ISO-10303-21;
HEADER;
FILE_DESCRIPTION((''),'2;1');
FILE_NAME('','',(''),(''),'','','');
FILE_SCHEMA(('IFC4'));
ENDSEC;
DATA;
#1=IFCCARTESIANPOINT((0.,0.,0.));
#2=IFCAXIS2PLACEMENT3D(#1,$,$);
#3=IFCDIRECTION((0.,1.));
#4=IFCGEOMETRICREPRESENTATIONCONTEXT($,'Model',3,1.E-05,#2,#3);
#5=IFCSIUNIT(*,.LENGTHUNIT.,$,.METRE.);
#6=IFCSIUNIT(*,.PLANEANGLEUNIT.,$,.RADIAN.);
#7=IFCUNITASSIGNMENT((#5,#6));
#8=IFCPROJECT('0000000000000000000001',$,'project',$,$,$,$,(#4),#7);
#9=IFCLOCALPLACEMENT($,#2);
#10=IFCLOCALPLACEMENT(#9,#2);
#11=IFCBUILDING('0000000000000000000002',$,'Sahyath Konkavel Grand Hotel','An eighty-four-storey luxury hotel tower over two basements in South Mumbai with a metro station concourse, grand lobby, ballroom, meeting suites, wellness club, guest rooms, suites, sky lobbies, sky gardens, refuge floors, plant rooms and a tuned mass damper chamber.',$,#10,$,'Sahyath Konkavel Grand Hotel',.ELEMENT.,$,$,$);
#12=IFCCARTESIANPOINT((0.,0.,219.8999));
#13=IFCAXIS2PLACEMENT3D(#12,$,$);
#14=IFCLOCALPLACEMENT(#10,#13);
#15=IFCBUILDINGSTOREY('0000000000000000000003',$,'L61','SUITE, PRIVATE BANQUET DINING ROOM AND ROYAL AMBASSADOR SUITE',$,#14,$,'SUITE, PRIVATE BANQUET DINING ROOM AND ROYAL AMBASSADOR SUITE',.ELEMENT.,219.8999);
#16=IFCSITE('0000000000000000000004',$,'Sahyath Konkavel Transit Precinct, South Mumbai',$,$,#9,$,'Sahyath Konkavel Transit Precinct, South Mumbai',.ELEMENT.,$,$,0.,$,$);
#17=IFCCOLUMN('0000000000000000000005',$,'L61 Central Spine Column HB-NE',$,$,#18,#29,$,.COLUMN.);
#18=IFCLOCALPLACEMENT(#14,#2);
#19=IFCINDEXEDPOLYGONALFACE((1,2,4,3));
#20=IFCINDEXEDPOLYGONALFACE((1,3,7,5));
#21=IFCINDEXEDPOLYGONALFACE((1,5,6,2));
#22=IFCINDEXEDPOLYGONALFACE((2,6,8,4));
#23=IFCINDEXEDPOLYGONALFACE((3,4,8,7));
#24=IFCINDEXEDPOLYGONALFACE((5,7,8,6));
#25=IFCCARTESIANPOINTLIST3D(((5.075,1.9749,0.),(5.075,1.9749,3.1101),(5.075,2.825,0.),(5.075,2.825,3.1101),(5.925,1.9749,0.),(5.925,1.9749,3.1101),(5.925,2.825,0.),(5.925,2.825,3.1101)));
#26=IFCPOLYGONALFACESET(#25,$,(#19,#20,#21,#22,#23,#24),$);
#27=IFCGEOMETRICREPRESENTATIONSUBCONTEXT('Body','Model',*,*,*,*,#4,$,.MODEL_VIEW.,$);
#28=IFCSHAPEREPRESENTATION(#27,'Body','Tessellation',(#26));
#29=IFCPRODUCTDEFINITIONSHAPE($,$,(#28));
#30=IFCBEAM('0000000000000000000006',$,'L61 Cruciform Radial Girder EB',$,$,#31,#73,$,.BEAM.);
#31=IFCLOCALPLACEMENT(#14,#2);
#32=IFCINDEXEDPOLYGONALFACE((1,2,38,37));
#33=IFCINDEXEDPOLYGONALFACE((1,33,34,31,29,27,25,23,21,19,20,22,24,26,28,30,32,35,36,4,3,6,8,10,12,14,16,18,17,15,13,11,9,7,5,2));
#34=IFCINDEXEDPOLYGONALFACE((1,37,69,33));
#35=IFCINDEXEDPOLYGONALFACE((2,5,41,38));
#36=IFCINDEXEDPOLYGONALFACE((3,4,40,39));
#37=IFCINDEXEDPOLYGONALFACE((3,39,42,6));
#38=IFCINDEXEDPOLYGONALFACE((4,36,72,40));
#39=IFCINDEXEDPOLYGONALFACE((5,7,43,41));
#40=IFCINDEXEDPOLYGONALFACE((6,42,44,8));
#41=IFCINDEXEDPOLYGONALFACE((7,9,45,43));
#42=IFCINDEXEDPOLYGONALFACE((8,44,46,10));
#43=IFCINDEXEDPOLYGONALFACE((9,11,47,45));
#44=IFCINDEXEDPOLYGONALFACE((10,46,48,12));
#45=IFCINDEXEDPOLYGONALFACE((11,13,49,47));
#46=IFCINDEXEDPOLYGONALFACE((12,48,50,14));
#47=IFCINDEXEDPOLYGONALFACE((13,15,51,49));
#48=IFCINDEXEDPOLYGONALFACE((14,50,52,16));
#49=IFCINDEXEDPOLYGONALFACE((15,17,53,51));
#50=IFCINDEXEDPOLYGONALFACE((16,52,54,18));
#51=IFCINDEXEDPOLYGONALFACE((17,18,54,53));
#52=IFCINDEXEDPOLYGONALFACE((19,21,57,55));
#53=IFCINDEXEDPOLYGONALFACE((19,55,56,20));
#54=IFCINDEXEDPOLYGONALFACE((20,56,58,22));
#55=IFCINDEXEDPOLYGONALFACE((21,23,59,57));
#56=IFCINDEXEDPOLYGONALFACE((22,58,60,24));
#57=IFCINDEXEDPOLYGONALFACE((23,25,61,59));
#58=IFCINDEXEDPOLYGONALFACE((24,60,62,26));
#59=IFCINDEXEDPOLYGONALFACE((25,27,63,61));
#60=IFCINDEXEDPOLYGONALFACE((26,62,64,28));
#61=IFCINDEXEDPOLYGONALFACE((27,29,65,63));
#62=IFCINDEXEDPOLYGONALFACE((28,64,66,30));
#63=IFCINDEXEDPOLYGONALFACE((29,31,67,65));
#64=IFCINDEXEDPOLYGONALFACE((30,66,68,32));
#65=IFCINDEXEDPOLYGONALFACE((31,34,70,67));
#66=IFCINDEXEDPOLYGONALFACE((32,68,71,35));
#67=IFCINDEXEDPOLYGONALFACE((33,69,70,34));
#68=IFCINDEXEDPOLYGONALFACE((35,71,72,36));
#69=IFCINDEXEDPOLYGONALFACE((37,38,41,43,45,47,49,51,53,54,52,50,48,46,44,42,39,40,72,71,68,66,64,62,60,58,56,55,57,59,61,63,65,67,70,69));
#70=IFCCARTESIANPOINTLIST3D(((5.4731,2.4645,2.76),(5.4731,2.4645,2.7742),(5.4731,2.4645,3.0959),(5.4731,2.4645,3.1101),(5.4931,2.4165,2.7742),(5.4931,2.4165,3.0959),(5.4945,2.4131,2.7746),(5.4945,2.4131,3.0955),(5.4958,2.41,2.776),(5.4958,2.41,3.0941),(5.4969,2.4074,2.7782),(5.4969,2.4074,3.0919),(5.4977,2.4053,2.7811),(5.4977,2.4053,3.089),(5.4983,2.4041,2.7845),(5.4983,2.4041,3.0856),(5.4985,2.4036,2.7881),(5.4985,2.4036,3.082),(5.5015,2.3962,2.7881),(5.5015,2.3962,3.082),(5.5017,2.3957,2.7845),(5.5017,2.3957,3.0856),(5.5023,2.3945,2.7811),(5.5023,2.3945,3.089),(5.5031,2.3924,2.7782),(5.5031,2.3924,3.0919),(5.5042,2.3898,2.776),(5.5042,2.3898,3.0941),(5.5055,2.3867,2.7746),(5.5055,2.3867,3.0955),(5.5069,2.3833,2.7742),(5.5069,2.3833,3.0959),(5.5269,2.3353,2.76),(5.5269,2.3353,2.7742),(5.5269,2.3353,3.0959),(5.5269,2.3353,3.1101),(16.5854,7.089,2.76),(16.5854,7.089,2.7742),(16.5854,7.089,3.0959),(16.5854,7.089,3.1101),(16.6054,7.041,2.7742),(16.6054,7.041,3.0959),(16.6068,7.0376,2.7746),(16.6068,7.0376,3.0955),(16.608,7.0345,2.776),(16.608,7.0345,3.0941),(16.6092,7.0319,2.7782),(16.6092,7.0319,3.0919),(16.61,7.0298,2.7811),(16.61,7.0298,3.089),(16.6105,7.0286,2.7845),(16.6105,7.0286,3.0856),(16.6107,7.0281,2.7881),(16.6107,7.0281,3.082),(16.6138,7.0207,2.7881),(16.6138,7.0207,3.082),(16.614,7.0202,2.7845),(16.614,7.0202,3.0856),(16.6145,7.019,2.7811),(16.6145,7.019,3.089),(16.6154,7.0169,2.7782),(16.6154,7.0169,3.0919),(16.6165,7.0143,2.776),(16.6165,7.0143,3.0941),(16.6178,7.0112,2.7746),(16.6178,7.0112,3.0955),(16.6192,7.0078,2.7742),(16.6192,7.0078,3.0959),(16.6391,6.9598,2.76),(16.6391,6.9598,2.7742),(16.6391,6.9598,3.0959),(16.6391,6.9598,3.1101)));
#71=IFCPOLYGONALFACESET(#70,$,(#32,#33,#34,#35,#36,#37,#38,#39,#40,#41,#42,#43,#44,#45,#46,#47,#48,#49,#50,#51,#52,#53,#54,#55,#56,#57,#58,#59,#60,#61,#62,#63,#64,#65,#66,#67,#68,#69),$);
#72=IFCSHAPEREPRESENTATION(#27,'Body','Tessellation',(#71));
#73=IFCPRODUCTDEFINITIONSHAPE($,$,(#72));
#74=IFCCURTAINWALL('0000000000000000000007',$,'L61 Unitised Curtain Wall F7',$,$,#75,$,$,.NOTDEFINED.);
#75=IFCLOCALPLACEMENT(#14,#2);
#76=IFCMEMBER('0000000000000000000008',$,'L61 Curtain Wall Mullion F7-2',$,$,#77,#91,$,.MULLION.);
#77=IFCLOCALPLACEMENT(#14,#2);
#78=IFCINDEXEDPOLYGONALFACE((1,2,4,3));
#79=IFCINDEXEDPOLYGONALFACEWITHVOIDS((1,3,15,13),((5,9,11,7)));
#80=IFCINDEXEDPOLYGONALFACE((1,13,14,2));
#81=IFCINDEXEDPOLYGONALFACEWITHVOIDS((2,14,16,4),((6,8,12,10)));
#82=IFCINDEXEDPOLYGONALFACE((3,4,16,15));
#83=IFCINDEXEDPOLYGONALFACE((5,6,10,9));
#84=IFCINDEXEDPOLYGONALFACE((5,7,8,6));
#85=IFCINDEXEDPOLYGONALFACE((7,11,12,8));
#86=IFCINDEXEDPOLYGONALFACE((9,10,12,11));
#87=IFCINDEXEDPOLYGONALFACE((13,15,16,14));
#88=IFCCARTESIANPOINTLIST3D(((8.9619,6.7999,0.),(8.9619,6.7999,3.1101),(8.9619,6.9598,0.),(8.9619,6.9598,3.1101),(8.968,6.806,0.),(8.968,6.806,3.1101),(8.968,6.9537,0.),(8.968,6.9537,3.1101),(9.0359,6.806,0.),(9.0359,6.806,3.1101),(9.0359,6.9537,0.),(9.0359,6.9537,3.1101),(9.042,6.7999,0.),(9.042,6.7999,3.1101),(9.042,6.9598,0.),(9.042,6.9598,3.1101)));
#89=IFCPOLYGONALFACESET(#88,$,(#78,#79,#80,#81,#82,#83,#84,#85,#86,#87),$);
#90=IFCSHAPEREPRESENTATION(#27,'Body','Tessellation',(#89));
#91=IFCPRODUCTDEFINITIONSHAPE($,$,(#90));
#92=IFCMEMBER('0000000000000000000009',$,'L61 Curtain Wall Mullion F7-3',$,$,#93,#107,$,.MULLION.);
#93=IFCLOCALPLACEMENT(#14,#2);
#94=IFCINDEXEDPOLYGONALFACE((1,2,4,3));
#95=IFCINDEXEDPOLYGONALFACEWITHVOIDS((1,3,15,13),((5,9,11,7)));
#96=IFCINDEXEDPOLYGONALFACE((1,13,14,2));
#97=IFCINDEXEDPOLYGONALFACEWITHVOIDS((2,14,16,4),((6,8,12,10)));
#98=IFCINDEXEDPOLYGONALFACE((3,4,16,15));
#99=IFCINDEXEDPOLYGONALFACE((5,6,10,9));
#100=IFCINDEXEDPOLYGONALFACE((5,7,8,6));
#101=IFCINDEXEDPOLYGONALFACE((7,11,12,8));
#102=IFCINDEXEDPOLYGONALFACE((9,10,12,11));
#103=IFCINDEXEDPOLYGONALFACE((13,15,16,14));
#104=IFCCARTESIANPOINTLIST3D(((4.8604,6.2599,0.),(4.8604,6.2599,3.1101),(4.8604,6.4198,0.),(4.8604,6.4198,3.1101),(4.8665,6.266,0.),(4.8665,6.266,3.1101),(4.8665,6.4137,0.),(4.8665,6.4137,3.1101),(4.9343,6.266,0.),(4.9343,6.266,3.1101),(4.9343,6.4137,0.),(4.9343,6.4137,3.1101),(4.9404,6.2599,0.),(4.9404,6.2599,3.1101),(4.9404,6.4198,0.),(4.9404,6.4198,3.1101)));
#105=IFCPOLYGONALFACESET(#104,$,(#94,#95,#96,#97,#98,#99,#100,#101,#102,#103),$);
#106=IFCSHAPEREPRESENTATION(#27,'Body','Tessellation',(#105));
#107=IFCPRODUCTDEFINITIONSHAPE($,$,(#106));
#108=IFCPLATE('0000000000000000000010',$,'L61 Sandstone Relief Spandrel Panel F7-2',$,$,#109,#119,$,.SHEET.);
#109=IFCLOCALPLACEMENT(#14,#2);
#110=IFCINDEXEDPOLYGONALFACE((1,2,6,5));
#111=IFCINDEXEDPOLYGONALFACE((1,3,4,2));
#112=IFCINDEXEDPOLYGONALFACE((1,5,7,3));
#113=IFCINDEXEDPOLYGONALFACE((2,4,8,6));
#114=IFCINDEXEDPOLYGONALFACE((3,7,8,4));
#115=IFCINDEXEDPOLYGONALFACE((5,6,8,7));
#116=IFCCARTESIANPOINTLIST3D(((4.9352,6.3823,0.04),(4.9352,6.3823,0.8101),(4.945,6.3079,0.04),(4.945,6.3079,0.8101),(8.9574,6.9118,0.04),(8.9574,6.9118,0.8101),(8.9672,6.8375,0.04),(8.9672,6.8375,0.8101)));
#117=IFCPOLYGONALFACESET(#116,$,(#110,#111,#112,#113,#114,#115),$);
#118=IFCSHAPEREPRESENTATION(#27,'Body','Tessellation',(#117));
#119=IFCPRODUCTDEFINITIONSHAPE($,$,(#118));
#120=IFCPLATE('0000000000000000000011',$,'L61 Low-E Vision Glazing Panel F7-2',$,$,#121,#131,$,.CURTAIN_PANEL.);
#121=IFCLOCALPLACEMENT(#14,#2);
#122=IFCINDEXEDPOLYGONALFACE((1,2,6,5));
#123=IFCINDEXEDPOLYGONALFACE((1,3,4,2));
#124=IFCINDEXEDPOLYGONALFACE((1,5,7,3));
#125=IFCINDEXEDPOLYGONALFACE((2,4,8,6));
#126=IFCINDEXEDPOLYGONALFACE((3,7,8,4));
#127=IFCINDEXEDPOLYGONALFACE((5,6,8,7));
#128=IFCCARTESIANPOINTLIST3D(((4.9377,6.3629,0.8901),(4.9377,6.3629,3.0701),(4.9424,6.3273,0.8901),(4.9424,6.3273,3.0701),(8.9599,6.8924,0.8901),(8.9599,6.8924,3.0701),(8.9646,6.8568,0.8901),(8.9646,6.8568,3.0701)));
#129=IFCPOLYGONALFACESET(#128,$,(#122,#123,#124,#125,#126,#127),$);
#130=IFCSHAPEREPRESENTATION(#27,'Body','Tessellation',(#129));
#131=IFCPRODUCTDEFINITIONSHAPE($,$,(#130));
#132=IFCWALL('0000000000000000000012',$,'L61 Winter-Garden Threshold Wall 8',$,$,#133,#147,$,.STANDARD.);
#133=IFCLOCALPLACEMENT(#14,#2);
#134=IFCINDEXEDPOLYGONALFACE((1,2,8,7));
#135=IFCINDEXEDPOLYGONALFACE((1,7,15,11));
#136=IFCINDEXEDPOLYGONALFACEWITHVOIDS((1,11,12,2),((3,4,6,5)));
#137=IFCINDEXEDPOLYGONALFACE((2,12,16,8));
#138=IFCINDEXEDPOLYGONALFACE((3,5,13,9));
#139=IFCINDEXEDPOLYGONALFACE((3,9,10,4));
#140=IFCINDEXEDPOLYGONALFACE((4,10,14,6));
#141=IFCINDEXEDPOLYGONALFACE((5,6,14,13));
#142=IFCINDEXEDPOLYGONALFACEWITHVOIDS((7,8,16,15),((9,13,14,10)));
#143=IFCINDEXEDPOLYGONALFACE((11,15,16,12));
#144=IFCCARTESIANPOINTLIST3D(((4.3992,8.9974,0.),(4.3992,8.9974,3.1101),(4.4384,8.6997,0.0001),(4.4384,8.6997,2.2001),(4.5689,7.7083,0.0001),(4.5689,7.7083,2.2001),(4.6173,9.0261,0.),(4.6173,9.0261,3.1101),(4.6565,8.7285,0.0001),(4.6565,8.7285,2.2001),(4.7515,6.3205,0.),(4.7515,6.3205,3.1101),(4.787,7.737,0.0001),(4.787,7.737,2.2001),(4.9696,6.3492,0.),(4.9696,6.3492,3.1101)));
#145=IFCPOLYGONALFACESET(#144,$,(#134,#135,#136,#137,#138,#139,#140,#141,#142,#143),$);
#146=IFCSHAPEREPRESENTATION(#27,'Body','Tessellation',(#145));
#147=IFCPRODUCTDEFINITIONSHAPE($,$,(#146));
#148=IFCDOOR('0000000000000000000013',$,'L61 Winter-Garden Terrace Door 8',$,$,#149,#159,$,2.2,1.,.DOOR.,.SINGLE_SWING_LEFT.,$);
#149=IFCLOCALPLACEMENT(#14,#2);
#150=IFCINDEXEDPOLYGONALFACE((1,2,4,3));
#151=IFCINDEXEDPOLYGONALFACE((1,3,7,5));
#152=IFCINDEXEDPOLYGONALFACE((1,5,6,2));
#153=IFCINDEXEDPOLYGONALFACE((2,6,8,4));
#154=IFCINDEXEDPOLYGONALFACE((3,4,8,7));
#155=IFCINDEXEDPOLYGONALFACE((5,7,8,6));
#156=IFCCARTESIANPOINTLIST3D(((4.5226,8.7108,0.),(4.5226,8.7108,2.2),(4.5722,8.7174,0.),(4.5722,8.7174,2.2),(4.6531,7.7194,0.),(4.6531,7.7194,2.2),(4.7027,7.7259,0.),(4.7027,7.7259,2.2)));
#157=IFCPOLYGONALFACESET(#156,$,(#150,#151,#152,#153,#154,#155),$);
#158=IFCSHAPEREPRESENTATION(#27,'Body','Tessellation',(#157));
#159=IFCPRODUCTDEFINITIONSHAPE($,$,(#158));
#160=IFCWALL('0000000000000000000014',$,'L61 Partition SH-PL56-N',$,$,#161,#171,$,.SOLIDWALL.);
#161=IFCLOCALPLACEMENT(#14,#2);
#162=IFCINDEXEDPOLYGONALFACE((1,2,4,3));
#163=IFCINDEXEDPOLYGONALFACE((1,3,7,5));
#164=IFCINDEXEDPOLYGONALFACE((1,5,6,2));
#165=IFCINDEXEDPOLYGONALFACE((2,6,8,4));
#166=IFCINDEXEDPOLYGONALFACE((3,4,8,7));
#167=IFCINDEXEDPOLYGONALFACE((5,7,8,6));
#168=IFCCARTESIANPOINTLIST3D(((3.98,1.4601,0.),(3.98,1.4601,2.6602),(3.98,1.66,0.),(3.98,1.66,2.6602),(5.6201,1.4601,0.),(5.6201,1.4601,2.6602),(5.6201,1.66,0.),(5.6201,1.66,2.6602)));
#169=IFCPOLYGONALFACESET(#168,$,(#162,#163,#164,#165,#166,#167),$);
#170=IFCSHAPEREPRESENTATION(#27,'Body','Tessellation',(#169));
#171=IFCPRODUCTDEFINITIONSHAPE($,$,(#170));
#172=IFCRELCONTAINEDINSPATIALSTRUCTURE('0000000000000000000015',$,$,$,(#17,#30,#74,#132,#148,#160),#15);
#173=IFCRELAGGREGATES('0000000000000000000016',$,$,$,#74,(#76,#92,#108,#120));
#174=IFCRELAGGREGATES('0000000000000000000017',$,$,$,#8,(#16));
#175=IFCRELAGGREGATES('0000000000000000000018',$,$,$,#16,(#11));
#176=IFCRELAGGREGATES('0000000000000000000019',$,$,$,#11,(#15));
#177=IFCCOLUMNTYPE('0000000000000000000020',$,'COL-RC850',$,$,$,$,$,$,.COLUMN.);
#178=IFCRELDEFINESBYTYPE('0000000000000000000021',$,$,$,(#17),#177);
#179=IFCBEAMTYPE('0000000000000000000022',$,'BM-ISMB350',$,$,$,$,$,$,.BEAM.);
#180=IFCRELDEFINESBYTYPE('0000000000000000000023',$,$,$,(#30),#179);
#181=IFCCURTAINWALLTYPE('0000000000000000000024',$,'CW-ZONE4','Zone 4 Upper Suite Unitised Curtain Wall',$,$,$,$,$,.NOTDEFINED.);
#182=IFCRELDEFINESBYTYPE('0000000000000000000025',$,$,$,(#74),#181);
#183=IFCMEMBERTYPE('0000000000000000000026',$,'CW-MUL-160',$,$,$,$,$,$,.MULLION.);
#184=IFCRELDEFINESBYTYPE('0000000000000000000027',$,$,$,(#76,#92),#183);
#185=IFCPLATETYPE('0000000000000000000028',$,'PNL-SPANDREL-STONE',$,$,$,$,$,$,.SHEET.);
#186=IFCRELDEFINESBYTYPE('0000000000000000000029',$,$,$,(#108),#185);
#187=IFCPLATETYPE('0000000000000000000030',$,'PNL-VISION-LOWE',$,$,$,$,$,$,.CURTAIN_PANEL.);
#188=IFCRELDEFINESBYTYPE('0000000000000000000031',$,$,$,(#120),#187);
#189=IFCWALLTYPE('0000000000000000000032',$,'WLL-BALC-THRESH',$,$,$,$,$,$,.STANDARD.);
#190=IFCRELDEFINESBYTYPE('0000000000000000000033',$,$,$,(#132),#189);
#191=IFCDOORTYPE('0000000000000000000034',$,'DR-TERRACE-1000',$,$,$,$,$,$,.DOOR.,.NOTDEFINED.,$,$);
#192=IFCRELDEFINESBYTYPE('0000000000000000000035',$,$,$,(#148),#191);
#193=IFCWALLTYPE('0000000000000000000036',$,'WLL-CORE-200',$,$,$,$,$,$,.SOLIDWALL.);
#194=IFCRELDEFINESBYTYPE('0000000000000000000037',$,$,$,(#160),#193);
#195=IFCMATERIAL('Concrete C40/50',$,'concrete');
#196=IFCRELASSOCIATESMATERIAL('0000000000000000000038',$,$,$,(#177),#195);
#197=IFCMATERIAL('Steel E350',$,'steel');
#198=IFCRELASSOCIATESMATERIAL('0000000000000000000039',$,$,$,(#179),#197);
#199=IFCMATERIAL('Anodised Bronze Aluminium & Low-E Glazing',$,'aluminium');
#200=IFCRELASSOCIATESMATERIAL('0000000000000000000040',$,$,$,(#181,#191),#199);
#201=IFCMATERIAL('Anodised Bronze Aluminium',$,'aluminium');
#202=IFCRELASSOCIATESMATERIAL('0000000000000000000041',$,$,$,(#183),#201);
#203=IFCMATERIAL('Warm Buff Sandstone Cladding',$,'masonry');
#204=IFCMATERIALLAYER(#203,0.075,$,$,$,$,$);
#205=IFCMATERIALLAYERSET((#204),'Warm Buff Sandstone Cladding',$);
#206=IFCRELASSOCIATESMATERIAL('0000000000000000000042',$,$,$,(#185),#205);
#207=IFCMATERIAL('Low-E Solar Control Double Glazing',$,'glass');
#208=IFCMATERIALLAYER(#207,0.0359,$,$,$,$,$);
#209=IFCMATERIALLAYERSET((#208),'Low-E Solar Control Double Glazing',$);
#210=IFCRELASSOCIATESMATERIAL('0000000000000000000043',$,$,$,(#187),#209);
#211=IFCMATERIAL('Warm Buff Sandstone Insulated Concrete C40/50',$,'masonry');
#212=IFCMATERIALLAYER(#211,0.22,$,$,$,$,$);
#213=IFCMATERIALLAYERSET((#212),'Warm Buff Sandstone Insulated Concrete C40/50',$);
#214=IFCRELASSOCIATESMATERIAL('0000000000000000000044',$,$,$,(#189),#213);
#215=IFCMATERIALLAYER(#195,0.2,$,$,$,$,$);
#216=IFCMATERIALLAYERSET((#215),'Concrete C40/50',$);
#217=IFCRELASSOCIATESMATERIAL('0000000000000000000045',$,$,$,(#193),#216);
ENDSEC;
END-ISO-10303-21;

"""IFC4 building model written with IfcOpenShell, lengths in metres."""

from ifc_helpers import new_model, si_unit, direction, frame, frame_2d, origin, origin_2d, place, context, subcontext, project, spatial, rectangle, hollow_rectangle, i_section, extrude, source, transform, mapped, material, layer, layer_set, material_profile, profile_set, type_object, element, fill, aggregate, save


model = new_model("IFC4")

# Units and contexts
model_context = context("Model", 3, precision=1e-05, world=origin(), true_north=direction((0.0, 1.0)))
body_context = subcontext(model_context, "Body", "Model", "MODEL_VIEW")
ifc_project = project(units=[si_unit("LENGTHUNIT", "METRE"), si_unit("PLANEANGLEUNIT", "RADIAN")], contexts=[model_context])

# Site, building, storey
site_placement = place(None, origin())
site = spatial("IfcSite", under=ifc_project, at=site_placement, Name="Sahyath Konkavel Transit Precinct, South Mumbai", LongName="Sahyath Konkavel Transit Precinct, South Mumbai", CompositionType="ELEMENT", RefElevation=0.0)
building_placement = place(site_placement, origin())
building = spatial("IfcBuilding", under=site, at=building_placement, Name="Sahyath Konkavel Grand Hotel", Description="An eighty-four-storey luxury hotel tower over two basements in South Mumbai with a metro station concourse, grand lobby, ballroom, meeting suites, wellness club, guest rooms, suites, sky lobbies, sky gardens, refuge floors, plant rooms and a tuned mass damper chamber.", LongName="Sahyath Konkavel Grand Hotel", CompositionType="ELEMENT")
storey_placement = place(building_placement, frame((0.0, 0.0, 219.8999)))
storey = spatial("IfcBuildingStorey", under=building, at=storey_placement, Name="L61", Description="SUITE, PRIVATE BANQUET DINING ROOM AND ROYAL AMBASSADOR SUITE", LongName="SUITE, PRIVATE BANQUET DINING ROOM AND ROYAL AMBASSADOR SUITE", CompositionType="ELEMENT", Elevation=219.8999)

# Column
ifc_material_1 = material(Name="Concrete C40/50", Category="concrete")
ifc_material_profile_1 = material_profile(ifc_material_1, rectangle(XDim=0.8501, YDim=0.8501, at=origin_2d()), Name="RC 850x850")
ifc_profile_set_1 = profile_set([ifc_material_profile_1], Name="Concrete C40/50")
column_type = type_object("IfcColumnType", Name="COL-RC850", PredefinedType="COLUMN", material=ifc_profile_set_1)
shared_shape_1 = source(origin(), body_context, "Body", "SweptSolid", [
    extrude(rectangle(XDim=0.8501, YDim=0.8501, at=origin_2d()), origin(), (0.0, 0.0, 1.0), 3.1101),
])
column_placement = place(storey_placement, frame((5.5, 2.3999, 0.0), z_axis=(0.0, 0.0, 1.0), x_axis=(1.0, 0.0, 0.0)))
element("IfcColumn", 1, at=column_placement, inside=storey, type_object=column_type, Name="L61 Central Spine Column HB-NE", PredefinedType="COLUMN", context=body_context, shape_type="MappedRepresentation", body=[
    mapped(shared_shape_1, transform((0.0, 0.0, 0.0), scale=1.0)),
])

# Beam
ifc_material_2 = material(Name="Steel E350", Category="steel")
ifc_material_profile_2 = material_profile(ifc_material_2, i_section(OverallWidth=0.1399, OverallDepth=0.3501, WebThickness=0.0081, FlangeThickness=0.0142, FilletRadius=0.0139, at=origin_2d()), Name="ISMB 350")
ifc_profile_set_2 = profile_set([ifc_material_profile_2], Name="Steel E350")
beam_type = type_object("IfcBeamType", Name="BM-ISMB350", PredefinedType="BEAM", material=ifc_profile_set_2)
shared_shape_2 = source(origin(), body_context, "Body", "SweptSolid", [
    extrude(i_section(OverallWidth=0.1399, OverallDepth=0.3501, WebThickness=0.0081, FlangeThickness=0.0142, FilletRadius=0.0139, at=origin_2d()), origin(), (0.0, 0.0, 1.0), 12.0361),
])
beam_placement = place(storey_placement, frame((5.5, 2.3999, 2.9351), z_axis=(0.923242, 0.384218, 0.0), x_axis=(-0.384218, 0.923242, 0.0)))
element("IfcBeam", 2, at=beam_placement, inside=storey, type_object=beam_type, Name="L61 Cruciform Radial Girder EB", PredefinedType="BEAM", context=body_context, shape_type="MappedRepresentation", body=[
    mapped(shared_shape_2, transform((0.0, 0.0, 0.0), scale=1.0)),
])

# Curtain wall, members, plates
ifc_material_3 = material(Name="Anodised Bronze Aluminium & Low-E Glazing", Category="aluminium")
curtain_wall_type = type_object("IfcCurtainWallType", Name="CW-ZONE4", Description="Zone 4 Upper Suite Unitised Curtain Wall", PredefinedType="NOTDEFINED", material=ifc_material_3)
curtain_wall_placement = place(storey_placement, origin())
curtain_wall = element("IfcCurtainWall", 3, at=curtain_wall_placement, inside=storey, type_object=curtain_wall_type, Name="L61 Unitised Curtain Wall F7", PredefinedType="NOTDEFINED")
ifc_material_4 = material(Name="Anodised Bronze Aluminium", Category="aluminium")
ifc_material_profile_3 = material_profile(ifc_material_4, hollow_rectangle(XDim=0.0801, YDim=0.1599, WallThickness=0.0061, at=origin_2d()), Name="RHS 160x80x6")
ifc_profile_set_3 = profile_set([ifc_material_profile_3], Name="Anodised Bronze Aluminium")
member_type = type_object("IfcMemberType", Name="CW-MUL-160", PredefinedType="MULLION", material=ifc_profile_set_3)
shared_shape_3 = source(origin(), body_context, "Body", "SweptSolid", [
    extrude(hollow_rectangle(XDim=0.0801, YDim=0.1599, WallThickness=0.0061, at=origin_2d()), origin(), (0.0, 0.0, 1.0), 3.1101),
])
member_1_placement = place(storey_placement, frame((9.002, 6.8799, 0.0), z_axis=(0.0, 0.0, 1.0), x_axis=(1.0, 0.0, 0.0)))
member_1 = element("IfcMember", 4, at=member_1_placement, type_object=member_type, Name="L61 Curtain Wall Mullion F7-2", PredefinedType="MULLION", context=body_context, shape_type="MappedRepresentation", body=[
    mapped(shared_shape_3, transform((0.0, 0.0, 0.0), scale=1.0)),
])
member_2_placement = place(storey_placement, frame((4.9004, 6.3398, 0.0), z_axis=(0.0, 0.0, 1.0), x_axis=(1.0, 0.0, 0.0)))
member_2 = element("IfcMember", 5, at=member_2_placement, type_object=member_type, Name="L61 Curtain Wall Mullion F7-3", PredefinedType="MULLION", context=body_context, shape_type="MappedRepresentation", body=[
    mapped(shared_shape_3, transform((0.0, 0.0, 0.0), scale=1.0)),
])
ifc_material_5 = material(Name="Warm Buff Sandstone Cladding", Category="masonry")
ifc_layer_1 = layer(ifc_material_5, 0.075)
ifc_layer_set_1 = layer_set([ifc_layer_1], Name="Warm Buff Sandstone Cladding")
plate_type_1 = type_object("IfcPlateType", Name="PNL-SPANDREL-STONE", PredefinedType="SHEET", material=ifc_layer_set_1)
shared_shape_4 = source(origin(), body_context, "Body", "SweptSolid", [
    extrude(rectangle(XDim=4.0569, YDim=0.075, at=origin_2d()), origin(), (0.0, 0.0, 1.0), 0.77),
])
plate_1_placement = place(storey_placement, frame((6.9512, 6.6099, 0.04), z_axis=(0.0, 0.0, 1.0), x_axis=(-0.991445, -0.130526, 0.0)))
plate_1 = element("IfcPlate", 6, at=plate_1_placement, type_object=plate_type_1, Name="L61 Sandstone Relief Spandrel Panel F7-2", PredefinedType="SHEET", context=body_context, shape_type="MappedRepresentation", body=[
    mapped(shared_shape_4, transform((0.0, 0.0, 0.0), scale=1.0)),
])
ifc_material_6 = material(Name="Low-E Solar Control Double Glazing", Category="glass")
ifc_layer_2 = layer(ifc_material_6, 0.0359)
ifc_layer_set_2 = layer_set([ifc_layer_2], Name="Low-E Solar Control Double Glazing")
plate_type_2 = type_object("IfcPlateType", Name="PNL-VISION-LOWE", PredefinedType="CURTAIN_PANEL", material=ifc_layer_set_2)
shared_shape_5 = source(origin(), body_context, "Body", "SweptSolid", [
    extrude(rectangle(XDim=4.0569, YDim=0.0359, at=origin_2d()), origin(), (0.0, 0.0, 1.0), 2.1799),
])
plate_2_placement = place(storey_placement, frame((6.9512, 6.6099, 0.8901), z_axis=(0.0, 0.0, 1.0), x_axis=(-0.991445, -0.130526, 0.0)))
plate_2 = element("IfcPlate", 7, at=plate_2_placement, type_object=plate_type_2, Name="L61 Low-E Vision Glazing Panel F7-2", PredefinedType="CURTAIN_PANEL", context=body_context, shape_type="MappedRepresentation", body=[
    mapped(shared_shape_5, transform((0.0, 0.0, 0.0), scale=1.0)),
])
aggregate(curtain_wall, [member_1, member_2, plate_1, plate_2])

# Wall, opening, door
ifc_material_7 = material(Name="Warm Buff Sandstone Insulated Concrete C40/50", Category="masonry")
ifc_layer_3 = layer(ifc_material_7, 0.22)
ifc_layer_set_3 = layer_set([ifc_layer_3], Name="Warm Buff Sandstone Insulated Concrete C40/50")
wall_type_1 = type_object("IfcWallType", Name="WLL-BALC-THRESH", PredefinedType="STANDARD", material=ifc_layer_set_3)
wall_1_placement = place(storey_placement, frame((4.8606, 6.3347, 0.0), z_axis=(0.0, 0.0, 1.0), x_axis=(-0.130487, 0.99145, 0.0)))
wall_1 = element("IfcWall", 8, at=wall_1_placement, inside=storey, type_object=wall_type_1, Name="L61 Winter-Garden Threshold Wall 8", PredefinedType="STANDARD", context=body_context, shape_type="SweptSolid", body=[
    extrude(rectangle(XDim=2.7, YDim=0.22, at=frame_2d((1.3501, 0.0))), origin(), (0.0, 0.0, 1.0), 3.1101),
])
opening_1_placement = place(wall_1_placement, frame((1.3999, 0.0, 0.0)))
opening_1 = element("IfcOpeningElement", 9, at=opening_1_placement, cuts=wall_1, PredefinedType="OPENING", context=body_context, shape_type="SweptSolid", body=[
    extrude(rectangle(XDim=1.0, YDim=2.2, at=frame_2d((0.5, 1.1001))), frame((0.0, 0.1201, 0.0), z_axis=(0.0, -1.0, 0.0), x_axis=(1.0, 0.0, 0.0)), (0.0, 0.0, 1.0), 0.24),
])
door_type_1 = type_object("IfcDoorType", Name="DR-TERRACE-1000", OperationType="NOTDEFINED", PredefinedType="DOOR", material=ifc_material_3)
shared_shape_6 = source(origin(), body_context, "Body", "SweptSolid", [
    extrude(rectangle(XDim=1.0, YDim=0.05, at=origin_2d()), origin(), (0.0, 0.0, 1.0), 2.2),
])
door_1_placement = place(opening_1_placement, frame((0.5, 0.0, 0.0)))
door_1 = element("IfcDoor", 10, at=door_1_placement, inside=storey, type_object=door_type_1, Name="L61 Winter-Garden Terrace Door 8", OperationType="SINGLE_SWING_LEFT", OverallHeight=2.2, OverallWidth=1.0, PredefinedType="DOOR", context=body_context, shape_type="MappedRepresentation", body=[
    mapped(shared_shape_6, transform((0.0, 0.0, 0.0), scale=1.0)),
])
fill(opening_1, door_1)

# Wall
ifc_layer_4 = layer(ifc_material_1, 0.2)
ifc_layer_set_4 = layer_set([ifc_layer_4], Name="Concrete C40/50")
wall_type_2 = type_object("IfcWallType", Name="WLL-CORE-200", PredefinedType="SOLIDWALL", material=ifc_layer_set_4)
for number, where, z_axis, x_axis, name in (
    (11, (3.98, 1.5601, 0.0), (0.0, 0.0, 1.0), (1.0, 0.0, 0.0), "L61 Partition SH-PL56-N"),
):
    element("IfcWall", number, at=place(storey_placement, frame(where, z_axis=z_axis, x_axis=x_axis)), inside=storey, type_object=wall_type_2, Name=name, PredefinedType="SOLIDWALL", context=body_context, shape_type="SweptSolid", body=[
        extrude(rectangle(XDim=1.6401, YDim=0.2, at=frame_2d((0.8201, 0.0))), origin(), (0.0, 0.0, 1.0), 2.6602),
    ])

save(model, "model.ifc")
